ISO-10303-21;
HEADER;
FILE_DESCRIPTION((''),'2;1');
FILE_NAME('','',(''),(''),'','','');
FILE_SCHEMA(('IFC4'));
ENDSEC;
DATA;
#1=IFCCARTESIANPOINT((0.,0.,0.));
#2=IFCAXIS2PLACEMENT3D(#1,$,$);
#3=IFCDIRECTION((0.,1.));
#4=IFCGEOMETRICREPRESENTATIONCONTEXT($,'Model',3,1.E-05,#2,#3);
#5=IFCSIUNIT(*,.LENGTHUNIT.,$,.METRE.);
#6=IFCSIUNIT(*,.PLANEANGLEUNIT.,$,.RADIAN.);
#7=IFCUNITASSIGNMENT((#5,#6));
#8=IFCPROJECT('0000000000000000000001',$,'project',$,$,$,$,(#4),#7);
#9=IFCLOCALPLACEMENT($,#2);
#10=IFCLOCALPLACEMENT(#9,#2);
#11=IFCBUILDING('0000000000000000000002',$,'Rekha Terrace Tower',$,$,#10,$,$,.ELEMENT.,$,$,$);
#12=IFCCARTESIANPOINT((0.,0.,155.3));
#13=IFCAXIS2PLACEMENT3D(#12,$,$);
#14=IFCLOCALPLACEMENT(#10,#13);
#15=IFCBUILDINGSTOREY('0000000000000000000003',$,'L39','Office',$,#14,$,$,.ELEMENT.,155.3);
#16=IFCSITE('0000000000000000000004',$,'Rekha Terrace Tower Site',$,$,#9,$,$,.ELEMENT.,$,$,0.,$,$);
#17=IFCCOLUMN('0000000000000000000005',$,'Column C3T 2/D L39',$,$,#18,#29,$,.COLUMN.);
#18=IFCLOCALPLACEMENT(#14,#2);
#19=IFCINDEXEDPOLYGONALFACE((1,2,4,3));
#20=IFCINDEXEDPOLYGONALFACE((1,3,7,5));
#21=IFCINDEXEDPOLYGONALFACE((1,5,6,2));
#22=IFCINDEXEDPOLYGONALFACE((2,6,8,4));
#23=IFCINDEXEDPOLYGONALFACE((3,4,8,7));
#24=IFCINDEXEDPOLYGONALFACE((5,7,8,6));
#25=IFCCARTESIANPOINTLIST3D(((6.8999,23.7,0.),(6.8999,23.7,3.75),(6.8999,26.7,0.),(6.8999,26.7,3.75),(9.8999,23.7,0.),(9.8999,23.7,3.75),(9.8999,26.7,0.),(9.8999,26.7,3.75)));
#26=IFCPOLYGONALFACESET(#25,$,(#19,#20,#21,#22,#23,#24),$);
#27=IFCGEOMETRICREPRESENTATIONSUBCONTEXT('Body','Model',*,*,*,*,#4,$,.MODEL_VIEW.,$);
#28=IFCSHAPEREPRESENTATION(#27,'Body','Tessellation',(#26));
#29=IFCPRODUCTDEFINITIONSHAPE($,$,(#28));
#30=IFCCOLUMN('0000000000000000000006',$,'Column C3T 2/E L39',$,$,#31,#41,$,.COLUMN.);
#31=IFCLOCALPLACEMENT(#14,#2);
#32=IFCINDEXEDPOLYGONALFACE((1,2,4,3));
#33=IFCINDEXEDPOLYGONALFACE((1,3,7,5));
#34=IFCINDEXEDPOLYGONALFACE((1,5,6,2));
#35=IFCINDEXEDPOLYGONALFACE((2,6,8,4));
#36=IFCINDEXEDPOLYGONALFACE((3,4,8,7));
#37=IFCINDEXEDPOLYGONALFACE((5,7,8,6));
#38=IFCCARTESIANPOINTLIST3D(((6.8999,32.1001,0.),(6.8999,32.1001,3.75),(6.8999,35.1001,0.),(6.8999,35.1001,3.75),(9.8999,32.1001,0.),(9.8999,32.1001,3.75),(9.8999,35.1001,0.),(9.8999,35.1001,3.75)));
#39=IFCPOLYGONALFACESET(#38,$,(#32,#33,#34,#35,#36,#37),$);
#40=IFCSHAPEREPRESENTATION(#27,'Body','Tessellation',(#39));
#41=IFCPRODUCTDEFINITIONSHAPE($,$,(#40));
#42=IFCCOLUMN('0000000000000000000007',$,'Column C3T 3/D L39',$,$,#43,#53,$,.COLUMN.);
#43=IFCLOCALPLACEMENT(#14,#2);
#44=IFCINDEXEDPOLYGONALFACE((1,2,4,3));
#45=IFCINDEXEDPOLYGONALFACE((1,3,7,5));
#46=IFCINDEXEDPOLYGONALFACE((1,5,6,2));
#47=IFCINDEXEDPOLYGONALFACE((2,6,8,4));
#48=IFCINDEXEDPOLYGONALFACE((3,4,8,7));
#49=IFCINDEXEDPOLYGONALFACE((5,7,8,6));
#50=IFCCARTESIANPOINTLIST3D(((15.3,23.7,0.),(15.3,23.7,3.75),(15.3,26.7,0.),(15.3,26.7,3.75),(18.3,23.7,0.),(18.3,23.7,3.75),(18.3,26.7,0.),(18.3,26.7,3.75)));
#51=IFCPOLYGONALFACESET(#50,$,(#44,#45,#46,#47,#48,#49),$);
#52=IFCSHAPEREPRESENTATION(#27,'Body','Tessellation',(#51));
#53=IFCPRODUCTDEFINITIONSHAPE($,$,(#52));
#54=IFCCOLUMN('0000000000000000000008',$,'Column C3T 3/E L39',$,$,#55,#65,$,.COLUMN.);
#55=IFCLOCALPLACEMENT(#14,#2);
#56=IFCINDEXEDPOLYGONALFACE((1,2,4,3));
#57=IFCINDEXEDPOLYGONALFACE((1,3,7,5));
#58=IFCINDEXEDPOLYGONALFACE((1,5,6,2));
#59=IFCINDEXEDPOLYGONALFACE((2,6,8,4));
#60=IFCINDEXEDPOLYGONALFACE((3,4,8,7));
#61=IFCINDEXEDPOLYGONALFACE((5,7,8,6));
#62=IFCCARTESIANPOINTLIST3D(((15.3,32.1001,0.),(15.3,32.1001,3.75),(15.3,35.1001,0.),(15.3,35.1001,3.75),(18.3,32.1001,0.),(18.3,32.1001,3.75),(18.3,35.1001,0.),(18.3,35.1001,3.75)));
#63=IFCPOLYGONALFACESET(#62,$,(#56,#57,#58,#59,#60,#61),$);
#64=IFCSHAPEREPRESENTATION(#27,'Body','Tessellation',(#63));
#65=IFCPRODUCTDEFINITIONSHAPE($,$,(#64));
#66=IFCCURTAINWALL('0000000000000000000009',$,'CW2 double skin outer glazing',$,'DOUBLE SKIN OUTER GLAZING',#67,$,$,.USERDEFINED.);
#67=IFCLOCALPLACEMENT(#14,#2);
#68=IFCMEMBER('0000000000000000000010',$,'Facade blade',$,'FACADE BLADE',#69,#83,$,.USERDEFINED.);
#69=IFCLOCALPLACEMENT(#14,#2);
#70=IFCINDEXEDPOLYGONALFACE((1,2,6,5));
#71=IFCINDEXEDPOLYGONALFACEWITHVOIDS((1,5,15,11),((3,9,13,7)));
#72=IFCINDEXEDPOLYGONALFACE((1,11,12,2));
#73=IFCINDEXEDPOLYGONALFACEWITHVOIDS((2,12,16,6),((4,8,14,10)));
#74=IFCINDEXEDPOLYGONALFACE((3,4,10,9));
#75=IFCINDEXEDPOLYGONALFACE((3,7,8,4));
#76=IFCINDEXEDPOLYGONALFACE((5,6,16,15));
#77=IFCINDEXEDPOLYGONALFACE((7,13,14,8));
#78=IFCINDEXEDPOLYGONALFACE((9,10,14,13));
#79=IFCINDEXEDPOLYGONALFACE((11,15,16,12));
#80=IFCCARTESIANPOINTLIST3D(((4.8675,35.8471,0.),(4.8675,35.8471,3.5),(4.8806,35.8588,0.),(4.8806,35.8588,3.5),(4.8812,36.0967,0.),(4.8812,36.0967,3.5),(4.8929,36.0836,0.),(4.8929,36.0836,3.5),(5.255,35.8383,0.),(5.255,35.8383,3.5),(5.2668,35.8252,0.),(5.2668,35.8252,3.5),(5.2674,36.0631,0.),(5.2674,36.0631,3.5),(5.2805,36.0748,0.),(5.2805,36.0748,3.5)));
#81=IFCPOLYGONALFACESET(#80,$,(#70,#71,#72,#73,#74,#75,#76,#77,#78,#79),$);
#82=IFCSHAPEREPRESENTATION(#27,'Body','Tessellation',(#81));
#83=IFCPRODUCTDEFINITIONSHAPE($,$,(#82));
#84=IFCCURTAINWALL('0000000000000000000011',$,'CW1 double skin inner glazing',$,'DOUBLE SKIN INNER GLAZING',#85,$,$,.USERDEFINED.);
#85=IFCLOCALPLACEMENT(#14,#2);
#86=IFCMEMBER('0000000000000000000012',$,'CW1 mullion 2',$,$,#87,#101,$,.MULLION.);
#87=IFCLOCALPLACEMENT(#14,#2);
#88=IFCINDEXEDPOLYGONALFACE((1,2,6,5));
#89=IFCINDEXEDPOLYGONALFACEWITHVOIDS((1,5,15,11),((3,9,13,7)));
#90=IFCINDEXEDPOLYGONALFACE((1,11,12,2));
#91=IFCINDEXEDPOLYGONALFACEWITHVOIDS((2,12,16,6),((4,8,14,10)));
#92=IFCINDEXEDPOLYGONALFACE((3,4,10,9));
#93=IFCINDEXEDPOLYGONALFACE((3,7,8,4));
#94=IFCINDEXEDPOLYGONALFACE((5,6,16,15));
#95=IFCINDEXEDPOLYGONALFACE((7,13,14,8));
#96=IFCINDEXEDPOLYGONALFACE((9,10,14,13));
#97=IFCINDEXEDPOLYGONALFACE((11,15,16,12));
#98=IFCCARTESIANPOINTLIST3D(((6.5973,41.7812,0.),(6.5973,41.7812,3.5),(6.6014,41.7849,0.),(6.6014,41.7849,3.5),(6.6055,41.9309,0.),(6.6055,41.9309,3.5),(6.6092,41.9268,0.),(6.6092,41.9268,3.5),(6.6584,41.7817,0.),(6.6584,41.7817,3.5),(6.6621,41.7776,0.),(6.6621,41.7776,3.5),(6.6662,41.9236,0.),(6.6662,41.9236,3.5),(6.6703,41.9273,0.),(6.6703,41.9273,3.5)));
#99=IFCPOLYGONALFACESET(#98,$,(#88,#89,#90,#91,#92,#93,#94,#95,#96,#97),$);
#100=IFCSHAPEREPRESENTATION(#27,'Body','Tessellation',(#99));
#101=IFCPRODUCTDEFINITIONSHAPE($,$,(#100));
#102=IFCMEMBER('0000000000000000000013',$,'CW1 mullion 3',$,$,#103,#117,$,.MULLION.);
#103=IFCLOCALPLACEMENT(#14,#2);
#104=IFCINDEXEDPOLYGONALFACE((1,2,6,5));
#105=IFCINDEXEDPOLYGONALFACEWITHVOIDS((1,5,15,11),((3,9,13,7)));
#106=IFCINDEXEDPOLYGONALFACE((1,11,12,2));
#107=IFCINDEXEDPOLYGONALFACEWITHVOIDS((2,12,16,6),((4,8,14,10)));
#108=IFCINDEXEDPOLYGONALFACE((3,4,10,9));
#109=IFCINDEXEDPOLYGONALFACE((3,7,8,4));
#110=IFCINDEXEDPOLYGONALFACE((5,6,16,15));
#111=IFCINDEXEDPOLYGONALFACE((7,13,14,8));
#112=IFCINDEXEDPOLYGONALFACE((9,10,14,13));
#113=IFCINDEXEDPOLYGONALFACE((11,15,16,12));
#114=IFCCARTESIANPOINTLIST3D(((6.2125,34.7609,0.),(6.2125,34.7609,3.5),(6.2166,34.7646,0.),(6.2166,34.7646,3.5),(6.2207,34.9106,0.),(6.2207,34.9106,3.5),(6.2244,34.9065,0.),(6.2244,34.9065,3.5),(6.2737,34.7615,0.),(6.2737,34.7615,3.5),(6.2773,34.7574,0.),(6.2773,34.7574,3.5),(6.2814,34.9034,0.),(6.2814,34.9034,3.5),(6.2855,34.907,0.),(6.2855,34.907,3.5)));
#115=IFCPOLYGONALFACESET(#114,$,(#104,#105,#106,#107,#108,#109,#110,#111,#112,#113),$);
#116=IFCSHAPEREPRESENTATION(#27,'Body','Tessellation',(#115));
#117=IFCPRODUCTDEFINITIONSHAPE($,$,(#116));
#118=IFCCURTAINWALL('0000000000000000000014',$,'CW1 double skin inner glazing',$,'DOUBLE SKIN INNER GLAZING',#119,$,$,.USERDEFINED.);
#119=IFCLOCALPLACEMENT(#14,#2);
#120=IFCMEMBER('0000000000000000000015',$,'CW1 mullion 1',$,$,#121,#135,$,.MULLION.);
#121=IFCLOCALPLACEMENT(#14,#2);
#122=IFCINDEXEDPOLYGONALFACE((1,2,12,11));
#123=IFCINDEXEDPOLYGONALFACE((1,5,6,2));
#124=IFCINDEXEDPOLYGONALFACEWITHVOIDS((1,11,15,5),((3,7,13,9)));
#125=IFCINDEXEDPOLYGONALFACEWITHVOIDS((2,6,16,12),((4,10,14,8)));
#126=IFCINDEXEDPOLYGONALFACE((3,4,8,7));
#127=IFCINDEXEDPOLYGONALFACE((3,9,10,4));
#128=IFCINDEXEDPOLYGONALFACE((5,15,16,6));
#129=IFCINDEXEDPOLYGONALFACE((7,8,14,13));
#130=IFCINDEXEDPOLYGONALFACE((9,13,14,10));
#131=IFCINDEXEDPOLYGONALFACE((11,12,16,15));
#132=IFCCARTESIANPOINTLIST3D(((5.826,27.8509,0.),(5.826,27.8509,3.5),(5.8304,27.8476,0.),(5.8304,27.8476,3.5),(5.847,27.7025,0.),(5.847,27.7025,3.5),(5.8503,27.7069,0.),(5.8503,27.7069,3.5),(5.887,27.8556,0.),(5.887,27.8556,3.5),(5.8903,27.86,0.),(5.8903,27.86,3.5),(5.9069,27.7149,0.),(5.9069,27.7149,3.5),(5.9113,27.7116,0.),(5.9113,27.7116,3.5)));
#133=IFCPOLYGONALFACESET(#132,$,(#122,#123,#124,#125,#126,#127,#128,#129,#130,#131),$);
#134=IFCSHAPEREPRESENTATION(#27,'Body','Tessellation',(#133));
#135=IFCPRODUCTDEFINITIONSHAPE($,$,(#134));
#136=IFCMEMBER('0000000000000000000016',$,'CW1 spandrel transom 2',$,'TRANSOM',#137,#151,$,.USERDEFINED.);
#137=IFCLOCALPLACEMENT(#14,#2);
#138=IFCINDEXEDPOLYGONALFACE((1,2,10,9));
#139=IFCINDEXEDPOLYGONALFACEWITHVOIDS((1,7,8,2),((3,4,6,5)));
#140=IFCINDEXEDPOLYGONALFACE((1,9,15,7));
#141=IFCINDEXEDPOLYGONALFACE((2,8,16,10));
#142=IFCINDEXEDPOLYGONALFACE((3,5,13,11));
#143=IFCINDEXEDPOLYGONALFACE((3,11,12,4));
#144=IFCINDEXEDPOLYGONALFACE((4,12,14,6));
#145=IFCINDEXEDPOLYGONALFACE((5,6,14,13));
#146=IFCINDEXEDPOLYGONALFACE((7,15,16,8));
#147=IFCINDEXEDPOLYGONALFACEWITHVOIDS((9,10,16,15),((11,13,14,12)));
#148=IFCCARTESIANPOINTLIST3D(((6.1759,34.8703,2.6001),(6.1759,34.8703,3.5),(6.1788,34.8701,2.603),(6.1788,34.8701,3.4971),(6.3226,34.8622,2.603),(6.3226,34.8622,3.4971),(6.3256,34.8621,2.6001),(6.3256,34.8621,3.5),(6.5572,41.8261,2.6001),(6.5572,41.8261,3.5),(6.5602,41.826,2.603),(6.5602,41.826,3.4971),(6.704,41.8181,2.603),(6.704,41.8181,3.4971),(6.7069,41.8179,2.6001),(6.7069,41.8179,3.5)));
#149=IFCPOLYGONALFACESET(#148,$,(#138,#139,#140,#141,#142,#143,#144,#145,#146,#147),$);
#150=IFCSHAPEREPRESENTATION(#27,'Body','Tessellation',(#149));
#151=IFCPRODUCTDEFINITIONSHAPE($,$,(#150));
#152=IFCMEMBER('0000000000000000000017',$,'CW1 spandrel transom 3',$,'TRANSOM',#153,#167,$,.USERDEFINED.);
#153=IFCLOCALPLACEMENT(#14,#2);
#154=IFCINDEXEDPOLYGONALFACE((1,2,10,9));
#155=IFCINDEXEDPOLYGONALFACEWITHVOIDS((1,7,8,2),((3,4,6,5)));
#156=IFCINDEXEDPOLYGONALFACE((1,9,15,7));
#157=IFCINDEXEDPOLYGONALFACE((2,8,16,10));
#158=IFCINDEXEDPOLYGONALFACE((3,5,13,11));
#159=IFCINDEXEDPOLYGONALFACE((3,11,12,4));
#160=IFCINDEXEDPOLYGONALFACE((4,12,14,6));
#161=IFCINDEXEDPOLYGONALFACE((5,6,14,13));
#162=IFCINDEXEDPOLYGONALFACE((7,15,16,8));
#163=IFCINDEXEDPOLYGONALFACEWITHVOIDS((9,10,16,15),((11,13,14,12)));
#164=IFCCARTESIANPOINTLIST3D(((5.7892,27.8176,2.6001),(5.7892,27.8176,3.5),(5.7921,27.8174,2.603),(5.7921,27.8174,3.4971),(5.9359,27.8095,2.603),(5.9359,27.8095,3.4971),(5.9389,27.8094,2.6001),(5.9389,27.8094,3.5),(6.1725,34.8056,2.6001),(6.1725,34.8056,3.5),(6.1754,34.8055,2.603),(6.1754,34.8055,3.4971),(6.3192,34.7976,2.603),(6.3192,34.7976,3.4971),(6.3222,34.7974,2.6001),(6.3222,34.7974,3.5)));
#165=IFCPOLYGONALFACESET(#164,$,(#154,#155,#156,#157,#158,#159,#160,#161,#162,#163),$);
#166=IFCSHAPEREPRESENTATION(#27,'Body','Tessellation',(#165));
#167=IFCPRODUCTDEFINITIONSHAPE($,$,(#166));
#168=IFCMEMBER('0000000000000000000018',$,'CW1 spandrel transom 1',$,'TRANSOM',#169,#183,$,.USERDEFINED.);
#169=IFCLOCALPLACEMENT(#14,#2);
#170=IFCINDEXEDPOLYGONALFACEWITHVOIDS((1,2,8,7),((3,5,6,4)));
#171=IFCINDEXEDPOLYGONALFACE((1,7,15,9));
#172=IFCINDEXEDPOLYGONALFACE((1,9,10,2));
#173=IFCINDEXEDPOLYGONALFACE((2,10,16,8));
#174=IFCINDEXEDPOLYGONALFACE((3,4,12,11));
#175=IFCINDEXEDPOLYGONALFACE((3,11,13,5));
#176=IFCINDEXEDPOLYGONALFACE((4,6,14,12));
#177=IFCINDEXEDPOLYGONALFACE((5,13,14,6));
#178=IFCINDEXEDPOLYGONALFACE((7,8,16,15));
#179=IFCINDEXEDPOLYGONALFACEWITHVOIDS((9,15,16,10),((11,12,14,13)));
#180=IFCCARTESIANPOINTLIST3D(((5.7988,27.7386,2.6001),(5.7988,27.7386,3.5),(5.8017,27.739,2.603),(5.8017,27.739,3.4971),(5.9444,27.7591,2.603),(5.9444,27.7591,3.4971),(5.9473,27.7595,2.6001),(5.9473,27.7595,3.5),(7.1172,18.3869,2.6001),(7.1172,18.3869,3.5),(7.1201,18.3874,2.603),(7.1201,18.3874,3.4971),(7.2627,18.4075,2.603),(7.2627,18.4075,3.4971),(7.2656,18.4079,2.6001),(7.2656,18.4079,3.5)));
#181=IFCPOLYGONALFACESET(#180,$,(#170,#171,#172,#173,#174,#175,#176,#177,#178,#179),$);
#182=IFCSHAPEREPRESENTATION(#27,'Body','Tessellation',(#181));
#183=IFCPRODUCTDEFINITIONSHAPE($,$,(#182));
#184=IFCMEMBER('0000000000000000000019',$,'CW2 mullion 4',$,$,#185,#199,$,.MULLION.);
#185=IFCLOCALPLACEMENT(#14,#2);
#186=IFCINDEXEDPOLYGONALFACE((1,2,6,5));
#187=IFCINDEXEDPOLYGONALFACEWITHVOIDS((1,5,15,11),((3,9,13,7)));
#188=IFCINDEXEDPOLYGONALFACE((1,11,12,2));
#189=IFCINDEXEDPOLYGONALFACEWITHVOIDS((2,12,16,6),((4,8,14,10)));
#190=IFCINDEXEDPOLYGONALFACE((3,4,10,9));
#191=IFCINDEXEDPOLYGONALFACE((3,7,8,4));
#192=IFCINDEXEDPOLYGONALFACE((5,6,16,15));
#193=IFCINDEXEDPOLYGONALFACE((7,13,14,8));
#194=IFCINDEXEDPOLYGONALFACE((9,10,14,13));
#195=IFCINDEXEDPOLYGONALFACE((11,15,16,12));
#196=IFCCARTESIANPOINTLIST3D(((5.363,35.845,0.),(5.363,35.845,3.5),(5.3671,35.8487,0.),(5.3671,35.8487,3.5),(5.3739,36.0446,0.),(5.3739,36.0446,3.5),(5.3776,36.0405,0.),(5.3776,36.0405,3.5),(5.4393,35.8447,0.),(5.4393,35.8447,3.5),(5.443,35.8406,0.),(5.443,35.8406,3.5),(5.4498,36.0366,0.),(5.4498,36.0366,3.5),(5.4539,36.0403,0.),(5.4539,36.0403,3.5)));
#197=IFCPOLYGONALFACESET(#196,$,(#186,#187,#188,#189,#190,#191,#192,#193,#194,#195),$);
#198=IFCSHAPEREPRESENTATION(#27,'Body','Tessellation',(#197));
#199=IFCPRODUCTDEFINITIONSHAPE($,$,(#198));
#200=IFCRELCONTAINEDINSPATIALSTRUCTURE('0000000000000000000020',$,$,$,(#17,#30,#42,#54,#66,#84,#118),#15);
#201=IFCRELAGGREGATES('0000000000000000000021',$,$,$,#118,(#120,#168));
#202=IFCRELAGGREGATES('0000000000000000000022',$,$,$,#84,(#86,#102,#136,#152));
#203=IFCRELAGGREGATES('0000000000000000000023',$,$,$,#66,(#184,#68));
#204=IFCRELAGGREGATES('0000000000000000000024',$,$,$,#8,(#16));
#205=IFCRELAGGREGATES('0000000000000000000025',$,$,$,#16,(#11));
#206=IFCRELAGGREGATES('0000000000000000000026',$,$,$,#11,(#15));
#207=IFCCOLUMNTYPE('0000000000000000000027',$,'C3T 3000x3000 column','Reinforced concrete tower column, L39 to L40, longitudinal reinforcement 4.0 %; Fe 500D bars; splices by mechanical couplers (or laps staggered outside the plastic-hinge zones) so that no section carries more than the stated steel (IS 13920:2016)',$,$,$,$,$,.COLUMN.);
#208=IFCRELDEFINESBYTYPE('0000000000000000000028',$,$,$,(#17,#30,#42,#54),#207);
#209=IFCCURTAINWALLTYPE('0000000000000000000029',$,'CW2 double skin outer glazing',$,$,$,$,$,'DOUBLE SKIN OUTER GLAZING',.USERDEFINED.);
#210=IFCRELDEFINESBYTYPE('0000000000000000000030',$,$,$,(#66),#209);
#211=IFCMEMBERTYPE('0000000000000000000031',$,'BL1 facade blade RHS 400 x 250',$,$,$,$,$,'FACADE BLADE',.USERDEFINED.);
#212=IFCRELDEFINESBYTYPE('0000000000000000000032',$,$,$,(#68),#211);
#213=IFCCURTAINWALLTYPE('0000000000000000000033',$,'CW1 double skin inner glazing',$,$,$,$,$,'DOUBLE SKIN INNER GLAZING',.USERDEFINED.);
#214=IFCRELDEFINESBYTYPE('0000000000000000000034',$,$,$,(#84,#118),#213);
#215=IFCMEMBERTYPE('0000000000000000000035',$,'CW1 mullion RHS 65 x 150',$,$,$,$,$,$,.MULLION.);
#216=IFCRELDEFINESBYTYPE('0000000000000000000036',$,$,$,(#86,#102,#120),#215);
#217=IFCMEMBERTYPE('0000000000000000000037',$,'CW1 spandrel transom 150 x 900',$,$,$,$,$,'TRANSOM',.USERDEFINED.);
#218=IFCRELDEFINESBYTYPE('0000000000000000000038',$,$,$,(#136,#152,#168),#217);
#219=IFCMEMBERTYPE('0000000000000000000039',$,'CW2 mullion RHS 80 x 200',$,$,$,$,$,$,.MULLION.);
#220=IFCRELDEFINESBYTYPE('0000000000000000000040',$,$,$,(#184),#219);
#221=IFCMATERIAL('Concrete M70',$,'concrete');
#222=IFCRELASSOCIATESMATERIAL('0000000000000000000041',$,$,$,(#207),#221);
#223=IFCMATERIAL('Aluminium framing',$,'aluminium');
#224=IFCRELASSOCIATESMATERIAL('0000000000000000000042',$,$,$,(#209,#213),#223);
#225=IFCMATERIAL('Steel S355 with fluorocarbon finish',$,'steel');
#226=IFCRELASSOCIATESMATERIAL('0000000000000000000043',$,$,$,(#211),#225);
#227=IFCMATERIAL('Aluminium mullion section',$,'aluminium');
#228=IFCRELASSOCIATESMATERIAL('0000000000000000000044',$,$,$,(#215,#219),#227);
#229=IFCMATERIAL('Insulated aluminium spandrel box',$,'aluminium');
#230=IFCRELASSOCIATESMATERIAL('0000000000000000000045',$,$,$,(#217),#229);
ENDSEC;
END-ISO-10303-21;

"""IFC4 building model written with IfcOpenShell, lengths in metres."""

from ifc_helpers import new_model, si_unit, direction, frame, origin, origin_2d, place, context, subcontext, project, spatial, rectangle, hollow_rectangle, extrude, material, material_profile, profile_set, type_object, element, aggregate, save


model = new_model("IFC4")

# Units and contexts
model_context = context("Model", 3, precision=1e-05, world=origin(), true_north=direction((0.0, 1.0)))
body_context = subcontext(model_context, "Body", "Model", "MODEL_VIEW")
ifc_project = project(units=[si_unit("LENGTHUNIT", "METRE"), si_unit("PLANEANGLEUNIT", "RADIAN")], contexts=[model_context])

# Site, building, storey
site_placement = place(None, origin())
site = spatial("IfcSite", under=ifc_project, at=site_placement, Name="Rekha Terrace Tower Site", CompositionType="ELEMENT", RefElevation=0.0)
building_placement = place(site_placement, origin())
building = spatial("IfcBuilding", under=site, at=building_placement, Name="Rekha Terrace Tower", CompositionType="ELEMENT")
storey_placement = place(building_placement, frame((0.0, 0.0, 155.3)))
storey = spatial("IfcBuildingStorey", under=building, at=storey_placement, Name="L39", Description="Office", CompositionType="ELEMENT", Elevation=155.3)

# Columns
ifc_material_1 = material(Name="Concrete M70", Category="concrete")
ifc_material_profile_1 = material_profile(ifc_material_1, rectangle(XDim=3.0, YDim=3.0, at=origin_2d()), Name="RC 3000x3000")
ifc_profile_set_1 = profile_set([ifc_material_profile_1], Name="Concrete M70")
column_type = type_object("IfcColumnType", Name="C3T 3000x3000 column", Description="Reinforced concrete tower column, L39 to L40, longitudinal reinforcement 4.0 %; Fe 500D bars; splices by mechanical couplers (or laps staggered outside the plastic-hinge zones) so that no section carries more than the stated steel (IS 13920:2016)", PredefinedType="COLUMN", material=ifc_profile_set_1)
for number, where, z_axis, x_axis, name in (
    (1, (8.3999, 25.2, 0.0), (0.0, 0.0, 1.0), (1.0, 0.0, 0.0), "Column C3T 2/D L39"),
    (2, (8.3999, 33.6001, 0.0), (0.0, 0.0, 1.0), (1.0, 0.0, 0.0), "Column C3T 2/E L39"),
    (3, (16.8, 25.2, 0.0), (0.0, 0.0, 1.0), (1.0, 0.0, 0.0), "Column C3T 3/D L39"),
    (4, (16.8, 33.6001, 0.0), (0.0, 0.0, 1.0), (1.0, 0.0, 0.0), "Column C3T 3/E L39"),
):
    element("IfcColumn", number, at=place(storey_placement, frame(where, z_axis=z_axis, x_axis=x_axis)), inside=storey, type_object=column_type, Name=name, PredefinedType="COLUMN", context=body_context, shape_type="SweptSolid", body=[
        extrude(rectangle(XDim=3.0, YDim=3.0, at=origin_2d()), origin(), (0.0, 0.0, 1.0), 3.75),
    ])

# Curtain wall, member
ifc_material_2 = material(Name="Aluminium framing", Category="aluminium")
curtain_wall_type_1 = type_object("IfcCurtainWallType", Name="CW2 double skin outer glazing", ElementType="DOUBLE SKIN OUTER GLAZING", PredefinedType="USERDEFINED", material=ifc_material_2)
curtain_wall_1_placement = place(storey_placement, origin())
curtain_wall_1 = element("IfcCurtainWall", 5, at=curtain_wall_1_placement, inside=storey, type_object=curtain_wall_type_1, Name="CW2 double skin outer glazing", ObjectType="DOUBLE SKIN OUTER GLAZING", PredefinedType="USERDEFINED")
ifc_material_3 = material(Name="Steel S355 with fluorocarbon finish", Category="steel")
ifc_material_profile_2 = material_profile(ifc_material_3, hollow_rectangle(XDim=0.25, YDim=0.3999, WallThickness=0.0125, at=origin_2d()), Name="RHS400x250x12.5")
ifc_profile_set_2 = profile_set([ifc_material_profile_2], Name="Steel S355 with fluorocarbon finish")
member_type_1 = type_object("IfcMemberType", Name="BL1 facade blade RHS 400 x 250", ElementType="FACADE BLADE", PredefinedType="USERDEFINED", material=ifc_profile_set_2)
member_1_placement = place(storey_placement, frame((5.074, 35.9609, 0.0), z_axis=(0.0, 0.0, 1.0), x_axis=(-0.054743, -0.9985, 0.0)))
member_1 = element("IfcMember", 6, at=member_1_placement, type_object=member_type_1, Name="Facade blade", ObjectType="FACADE BLADE", PredefinedType="USERDEFINED", context=body_context, shape_type="SweptSolid", body=[
    extrude(hollow_rectangle(XDim=0.25, YDim=0.3999, WallThickness=0.0125, at=origin_2d()), origin(), (0.0, 0.0, 1.0), 3.5),
])

# Curtain wall, members
curtain_wall_type_2 = type_object("IfcCurtainWallType", Name="CW1 double skin inner glazing", ElementType="DOUBLE SKIN INNER GLAZING", PredefinedType="USERDEFINED", material=ifc_material_2)
curtain_wall_2_placement = place(storey_placement, origin())
curtain_wall_2 = element("IfcCurtainWall", 7, at=curtain_wall_2_placement, inside=storey, type_object=curtain_wall_type_2, Name="CW1 double skin inner glazing", ObjectType="DOUBLE SKIN INNER GLAZING", PredefinedType="USERDEFINED")
ifc_material_4 = material(Name="Aluminium mullion section", Category="aluminium")
ifc_material_profile_3 = material_profile(ifc_material_4, hollow_rectangle(XDim=0.0649, YDim=0.1499, WallThickness=0.0039, at=origin_2d()), Name="AL RHS 65x150")
ifc_profile_set_3 = profile_set([ifc_material_profile_3], Name="Aluminium mullion section")
member_type_2 = type_object("IfcMemberType", Name="CW1 mullion RHS 65 x 150", PredefinedType="MULLION", material=ifc_profile_set_3)
member_2_placement = place(storey_placement, frame((6.6338, 41.8542, 0.0), z_axis=(0.0, 0.0, 1.0), x_axis=(0.998501, -0.054742, 0.0)))
member_2 = element("IfcMember", 8, at=member_2_placement, type_object=member_type_2, Name="CW1 mullion 2", PredefinedType="MULLION", context=body_context, shape_type="SweptSolid", body=[
    extrude(hollow_rectangle(XDim=0.0649, YDim=0.1499, WallThickness=0.0039, at=origin_2d()), origin(), (0.0, 0.0, 1.0), 3.5),
])
member_3_placement = place(storey_placement, frame((6.249, 34.834, 0.0), z_axis=(0.0, 0.0, 1.0), x_axis=(0.998501, -0.054742, 0.0)))
member_3 = element("IfcMember", 9, at=member_3_placement, type_object=member_type_2, Name="CW1 mullion 3", PredefinedType="MULLION", context=body_context, shape_type="SweptSolid", body=[
    extrude(hollow_rectangle(XDim=0.0649, YDim=0.1499, WallThickness=0.0039, at=origin_2d()), origin(), (0.0, 0.0, 1.0), 3.5),
])

# Curtain wall, member
curtain_wall_3_placement = place(storey_placement, origin())
curtain_wall_3 = element("IfcCurtainWall", 10, at=curtain_wall_3_placement, inside=storey, type_object=curtain_wall_type_2, Name="CW1 double skin inner glazing", ObjectType="DOUBLE SKIN INNER GLAZING", PredefinedType="USERDEFINED")
member_4_placement = place(storey_placement, frame((5.8687, 27.7812, 0.0), z_axis=(0.0, 0.0, 1.0), x_axis=(0.990208, 0.139597, 0.0)))
member_4 = element("IfcMember", 11, at=member_4_placement, type_object=member_type_2, Name="CW1 mullion 1", PredefinedType="MULLION", context=body_context, shape_type="SweptSolid", body=[
    extrude(hollow_rectangle(XDim=0.0649, YDim=0.1499, WallThickness=0.0039, at=origin_2d()), origin(), (0.0, 0.0, 1.0), 3.5),
])

# Members
ifc_material_5 = material(Name="Insulated aluminium spandrel box", Category="aluminium")
ifc_material_profile_4 = material_profile(ifc_material_5, hollow_rectangle(XDim=0.1499, YDim=0.8999, WallThickness=0.0029, at=origin_2d()), Name="AL SPANDREL BOX 150x900")
ifc_profile_set_4 = profile_set([ifc_material_profile_4], Name="Insulated aluminium spandrel box")
member_type_3 = type_object("IfcMemberType", Name="CW1 spandrel transom 150 x 900", ElementType="TRANSOM", PredefinedType="USERDEFINED", material=ifc_profile_set_4)
member_5_placement = place(storey_placement, frame((6.6321, 41.822, 3.05), z_axis=(-0.054742, -0.998501, 0.0), x_axis=(0.998501, -0.054742, 0.0)))
member_5 = element("IfcMember", 12, at=member_5_placement, type_object=member_type_3, Name="CW1 spandrel transom 2", ObjectType="TRANSOM", PredefinedType="USERDEFINED", context=body_context, shape_type="SweptSolid", body=[
    extrude(hollow_rectangle(XDim=0.1499, YDim=0.8999, WallThickness=0.0029, at=origin_2d()), origin(), (0.0, 0.0, 1.0), 6.9663),
])
member_6_placement = place(storey_placement, frame((6.2473, 34.8015, 3.05), z_axis=(-0.054769, -0.998499, 0.0), x_axis=(0.998499, -0.054769, 0.0)))
member_6 = element("IfcMember", 13, at=member_6_placement, type_object=member_type_3, Name="CW1 spandrel transom 3", ObjectType="TRANSOM", PredefinedType="USERDEFINED", context=body_context, shape_type="SweptSolid", body=[
    extrude(hollow_rectangle(XDim=0.1499, YDim=0.8999, WallThickness=0.0029, at=origin_2d()), origin(), (0.0, 0.0, 1.0), 6.9985),
])
member_7_placement = place(storey_placement, frame((5.873, 27.749, 3.05), z_axis=(0.139597, -0.990208, 0.0), x_axis=(0.990208, 0.139597, 0.0)))
member_7 = element("IfcMember", 14, at=member_7_placement, type_object=member_type_3, Name="CW1 spandrel transom 1", ObjectType="TRANSOM", PredefinedType="USERDEFINED", context=body_context, shape_type="SweptSolid", body=[
    extrude(hollow_rectangle(XDim=0.1499, YDim=0.8999, WallThickness=0.0029, at=origin_2d()), origin(), (0.0, 0.0, 1.0), 9.4441),
])
aggregate(curtain_wall_3, [member_4, member_7])
ifc_material_profile_5 = material_profile(ifc_material_4, hollow_rectangle(XDim=0.0801, YDim=0.2, WallThickness=0.0039, at=origin_2d()), Name="AL RHS 80x200")
ifc_profile_set_5 = profile_set([ifc_material_profile_5], Name="Aluminium mullion section")
member_type_4 = type_object("IfcMemberType", Name="CW2 mullion RHS 80 x 200", PredefinedType="MULLION", material=ifc_profile_set_5)
member_8_placement = place(storey_placement, frame((5.4084, 35.9426, 0.0), z_axis=(0.0, 0.0, 1.0), x_axis=(0.998501, -0.054742, 0.0)))
member_8 = element("IfcMember", 15, at=member_8_placement, type_object=member_type_4, Name="CW2 mullion 4", PredefinedType="MULLION", context=body_context, shape_type="SweptSolid", body=[
    extrude(hollow_rectangle(XDim=0.0801, YDim=0.2, WallThickness=0.0039, at=origin_2d()), origin(), (0.0, 0.0, 1.0), 3.5),
])

aggregate(curtain_wall_2, [member_2, member_3, member_5, member_6])
aggregate(curtain_wall_1, [member_8, member_1])

save(model, "model.ifc")
